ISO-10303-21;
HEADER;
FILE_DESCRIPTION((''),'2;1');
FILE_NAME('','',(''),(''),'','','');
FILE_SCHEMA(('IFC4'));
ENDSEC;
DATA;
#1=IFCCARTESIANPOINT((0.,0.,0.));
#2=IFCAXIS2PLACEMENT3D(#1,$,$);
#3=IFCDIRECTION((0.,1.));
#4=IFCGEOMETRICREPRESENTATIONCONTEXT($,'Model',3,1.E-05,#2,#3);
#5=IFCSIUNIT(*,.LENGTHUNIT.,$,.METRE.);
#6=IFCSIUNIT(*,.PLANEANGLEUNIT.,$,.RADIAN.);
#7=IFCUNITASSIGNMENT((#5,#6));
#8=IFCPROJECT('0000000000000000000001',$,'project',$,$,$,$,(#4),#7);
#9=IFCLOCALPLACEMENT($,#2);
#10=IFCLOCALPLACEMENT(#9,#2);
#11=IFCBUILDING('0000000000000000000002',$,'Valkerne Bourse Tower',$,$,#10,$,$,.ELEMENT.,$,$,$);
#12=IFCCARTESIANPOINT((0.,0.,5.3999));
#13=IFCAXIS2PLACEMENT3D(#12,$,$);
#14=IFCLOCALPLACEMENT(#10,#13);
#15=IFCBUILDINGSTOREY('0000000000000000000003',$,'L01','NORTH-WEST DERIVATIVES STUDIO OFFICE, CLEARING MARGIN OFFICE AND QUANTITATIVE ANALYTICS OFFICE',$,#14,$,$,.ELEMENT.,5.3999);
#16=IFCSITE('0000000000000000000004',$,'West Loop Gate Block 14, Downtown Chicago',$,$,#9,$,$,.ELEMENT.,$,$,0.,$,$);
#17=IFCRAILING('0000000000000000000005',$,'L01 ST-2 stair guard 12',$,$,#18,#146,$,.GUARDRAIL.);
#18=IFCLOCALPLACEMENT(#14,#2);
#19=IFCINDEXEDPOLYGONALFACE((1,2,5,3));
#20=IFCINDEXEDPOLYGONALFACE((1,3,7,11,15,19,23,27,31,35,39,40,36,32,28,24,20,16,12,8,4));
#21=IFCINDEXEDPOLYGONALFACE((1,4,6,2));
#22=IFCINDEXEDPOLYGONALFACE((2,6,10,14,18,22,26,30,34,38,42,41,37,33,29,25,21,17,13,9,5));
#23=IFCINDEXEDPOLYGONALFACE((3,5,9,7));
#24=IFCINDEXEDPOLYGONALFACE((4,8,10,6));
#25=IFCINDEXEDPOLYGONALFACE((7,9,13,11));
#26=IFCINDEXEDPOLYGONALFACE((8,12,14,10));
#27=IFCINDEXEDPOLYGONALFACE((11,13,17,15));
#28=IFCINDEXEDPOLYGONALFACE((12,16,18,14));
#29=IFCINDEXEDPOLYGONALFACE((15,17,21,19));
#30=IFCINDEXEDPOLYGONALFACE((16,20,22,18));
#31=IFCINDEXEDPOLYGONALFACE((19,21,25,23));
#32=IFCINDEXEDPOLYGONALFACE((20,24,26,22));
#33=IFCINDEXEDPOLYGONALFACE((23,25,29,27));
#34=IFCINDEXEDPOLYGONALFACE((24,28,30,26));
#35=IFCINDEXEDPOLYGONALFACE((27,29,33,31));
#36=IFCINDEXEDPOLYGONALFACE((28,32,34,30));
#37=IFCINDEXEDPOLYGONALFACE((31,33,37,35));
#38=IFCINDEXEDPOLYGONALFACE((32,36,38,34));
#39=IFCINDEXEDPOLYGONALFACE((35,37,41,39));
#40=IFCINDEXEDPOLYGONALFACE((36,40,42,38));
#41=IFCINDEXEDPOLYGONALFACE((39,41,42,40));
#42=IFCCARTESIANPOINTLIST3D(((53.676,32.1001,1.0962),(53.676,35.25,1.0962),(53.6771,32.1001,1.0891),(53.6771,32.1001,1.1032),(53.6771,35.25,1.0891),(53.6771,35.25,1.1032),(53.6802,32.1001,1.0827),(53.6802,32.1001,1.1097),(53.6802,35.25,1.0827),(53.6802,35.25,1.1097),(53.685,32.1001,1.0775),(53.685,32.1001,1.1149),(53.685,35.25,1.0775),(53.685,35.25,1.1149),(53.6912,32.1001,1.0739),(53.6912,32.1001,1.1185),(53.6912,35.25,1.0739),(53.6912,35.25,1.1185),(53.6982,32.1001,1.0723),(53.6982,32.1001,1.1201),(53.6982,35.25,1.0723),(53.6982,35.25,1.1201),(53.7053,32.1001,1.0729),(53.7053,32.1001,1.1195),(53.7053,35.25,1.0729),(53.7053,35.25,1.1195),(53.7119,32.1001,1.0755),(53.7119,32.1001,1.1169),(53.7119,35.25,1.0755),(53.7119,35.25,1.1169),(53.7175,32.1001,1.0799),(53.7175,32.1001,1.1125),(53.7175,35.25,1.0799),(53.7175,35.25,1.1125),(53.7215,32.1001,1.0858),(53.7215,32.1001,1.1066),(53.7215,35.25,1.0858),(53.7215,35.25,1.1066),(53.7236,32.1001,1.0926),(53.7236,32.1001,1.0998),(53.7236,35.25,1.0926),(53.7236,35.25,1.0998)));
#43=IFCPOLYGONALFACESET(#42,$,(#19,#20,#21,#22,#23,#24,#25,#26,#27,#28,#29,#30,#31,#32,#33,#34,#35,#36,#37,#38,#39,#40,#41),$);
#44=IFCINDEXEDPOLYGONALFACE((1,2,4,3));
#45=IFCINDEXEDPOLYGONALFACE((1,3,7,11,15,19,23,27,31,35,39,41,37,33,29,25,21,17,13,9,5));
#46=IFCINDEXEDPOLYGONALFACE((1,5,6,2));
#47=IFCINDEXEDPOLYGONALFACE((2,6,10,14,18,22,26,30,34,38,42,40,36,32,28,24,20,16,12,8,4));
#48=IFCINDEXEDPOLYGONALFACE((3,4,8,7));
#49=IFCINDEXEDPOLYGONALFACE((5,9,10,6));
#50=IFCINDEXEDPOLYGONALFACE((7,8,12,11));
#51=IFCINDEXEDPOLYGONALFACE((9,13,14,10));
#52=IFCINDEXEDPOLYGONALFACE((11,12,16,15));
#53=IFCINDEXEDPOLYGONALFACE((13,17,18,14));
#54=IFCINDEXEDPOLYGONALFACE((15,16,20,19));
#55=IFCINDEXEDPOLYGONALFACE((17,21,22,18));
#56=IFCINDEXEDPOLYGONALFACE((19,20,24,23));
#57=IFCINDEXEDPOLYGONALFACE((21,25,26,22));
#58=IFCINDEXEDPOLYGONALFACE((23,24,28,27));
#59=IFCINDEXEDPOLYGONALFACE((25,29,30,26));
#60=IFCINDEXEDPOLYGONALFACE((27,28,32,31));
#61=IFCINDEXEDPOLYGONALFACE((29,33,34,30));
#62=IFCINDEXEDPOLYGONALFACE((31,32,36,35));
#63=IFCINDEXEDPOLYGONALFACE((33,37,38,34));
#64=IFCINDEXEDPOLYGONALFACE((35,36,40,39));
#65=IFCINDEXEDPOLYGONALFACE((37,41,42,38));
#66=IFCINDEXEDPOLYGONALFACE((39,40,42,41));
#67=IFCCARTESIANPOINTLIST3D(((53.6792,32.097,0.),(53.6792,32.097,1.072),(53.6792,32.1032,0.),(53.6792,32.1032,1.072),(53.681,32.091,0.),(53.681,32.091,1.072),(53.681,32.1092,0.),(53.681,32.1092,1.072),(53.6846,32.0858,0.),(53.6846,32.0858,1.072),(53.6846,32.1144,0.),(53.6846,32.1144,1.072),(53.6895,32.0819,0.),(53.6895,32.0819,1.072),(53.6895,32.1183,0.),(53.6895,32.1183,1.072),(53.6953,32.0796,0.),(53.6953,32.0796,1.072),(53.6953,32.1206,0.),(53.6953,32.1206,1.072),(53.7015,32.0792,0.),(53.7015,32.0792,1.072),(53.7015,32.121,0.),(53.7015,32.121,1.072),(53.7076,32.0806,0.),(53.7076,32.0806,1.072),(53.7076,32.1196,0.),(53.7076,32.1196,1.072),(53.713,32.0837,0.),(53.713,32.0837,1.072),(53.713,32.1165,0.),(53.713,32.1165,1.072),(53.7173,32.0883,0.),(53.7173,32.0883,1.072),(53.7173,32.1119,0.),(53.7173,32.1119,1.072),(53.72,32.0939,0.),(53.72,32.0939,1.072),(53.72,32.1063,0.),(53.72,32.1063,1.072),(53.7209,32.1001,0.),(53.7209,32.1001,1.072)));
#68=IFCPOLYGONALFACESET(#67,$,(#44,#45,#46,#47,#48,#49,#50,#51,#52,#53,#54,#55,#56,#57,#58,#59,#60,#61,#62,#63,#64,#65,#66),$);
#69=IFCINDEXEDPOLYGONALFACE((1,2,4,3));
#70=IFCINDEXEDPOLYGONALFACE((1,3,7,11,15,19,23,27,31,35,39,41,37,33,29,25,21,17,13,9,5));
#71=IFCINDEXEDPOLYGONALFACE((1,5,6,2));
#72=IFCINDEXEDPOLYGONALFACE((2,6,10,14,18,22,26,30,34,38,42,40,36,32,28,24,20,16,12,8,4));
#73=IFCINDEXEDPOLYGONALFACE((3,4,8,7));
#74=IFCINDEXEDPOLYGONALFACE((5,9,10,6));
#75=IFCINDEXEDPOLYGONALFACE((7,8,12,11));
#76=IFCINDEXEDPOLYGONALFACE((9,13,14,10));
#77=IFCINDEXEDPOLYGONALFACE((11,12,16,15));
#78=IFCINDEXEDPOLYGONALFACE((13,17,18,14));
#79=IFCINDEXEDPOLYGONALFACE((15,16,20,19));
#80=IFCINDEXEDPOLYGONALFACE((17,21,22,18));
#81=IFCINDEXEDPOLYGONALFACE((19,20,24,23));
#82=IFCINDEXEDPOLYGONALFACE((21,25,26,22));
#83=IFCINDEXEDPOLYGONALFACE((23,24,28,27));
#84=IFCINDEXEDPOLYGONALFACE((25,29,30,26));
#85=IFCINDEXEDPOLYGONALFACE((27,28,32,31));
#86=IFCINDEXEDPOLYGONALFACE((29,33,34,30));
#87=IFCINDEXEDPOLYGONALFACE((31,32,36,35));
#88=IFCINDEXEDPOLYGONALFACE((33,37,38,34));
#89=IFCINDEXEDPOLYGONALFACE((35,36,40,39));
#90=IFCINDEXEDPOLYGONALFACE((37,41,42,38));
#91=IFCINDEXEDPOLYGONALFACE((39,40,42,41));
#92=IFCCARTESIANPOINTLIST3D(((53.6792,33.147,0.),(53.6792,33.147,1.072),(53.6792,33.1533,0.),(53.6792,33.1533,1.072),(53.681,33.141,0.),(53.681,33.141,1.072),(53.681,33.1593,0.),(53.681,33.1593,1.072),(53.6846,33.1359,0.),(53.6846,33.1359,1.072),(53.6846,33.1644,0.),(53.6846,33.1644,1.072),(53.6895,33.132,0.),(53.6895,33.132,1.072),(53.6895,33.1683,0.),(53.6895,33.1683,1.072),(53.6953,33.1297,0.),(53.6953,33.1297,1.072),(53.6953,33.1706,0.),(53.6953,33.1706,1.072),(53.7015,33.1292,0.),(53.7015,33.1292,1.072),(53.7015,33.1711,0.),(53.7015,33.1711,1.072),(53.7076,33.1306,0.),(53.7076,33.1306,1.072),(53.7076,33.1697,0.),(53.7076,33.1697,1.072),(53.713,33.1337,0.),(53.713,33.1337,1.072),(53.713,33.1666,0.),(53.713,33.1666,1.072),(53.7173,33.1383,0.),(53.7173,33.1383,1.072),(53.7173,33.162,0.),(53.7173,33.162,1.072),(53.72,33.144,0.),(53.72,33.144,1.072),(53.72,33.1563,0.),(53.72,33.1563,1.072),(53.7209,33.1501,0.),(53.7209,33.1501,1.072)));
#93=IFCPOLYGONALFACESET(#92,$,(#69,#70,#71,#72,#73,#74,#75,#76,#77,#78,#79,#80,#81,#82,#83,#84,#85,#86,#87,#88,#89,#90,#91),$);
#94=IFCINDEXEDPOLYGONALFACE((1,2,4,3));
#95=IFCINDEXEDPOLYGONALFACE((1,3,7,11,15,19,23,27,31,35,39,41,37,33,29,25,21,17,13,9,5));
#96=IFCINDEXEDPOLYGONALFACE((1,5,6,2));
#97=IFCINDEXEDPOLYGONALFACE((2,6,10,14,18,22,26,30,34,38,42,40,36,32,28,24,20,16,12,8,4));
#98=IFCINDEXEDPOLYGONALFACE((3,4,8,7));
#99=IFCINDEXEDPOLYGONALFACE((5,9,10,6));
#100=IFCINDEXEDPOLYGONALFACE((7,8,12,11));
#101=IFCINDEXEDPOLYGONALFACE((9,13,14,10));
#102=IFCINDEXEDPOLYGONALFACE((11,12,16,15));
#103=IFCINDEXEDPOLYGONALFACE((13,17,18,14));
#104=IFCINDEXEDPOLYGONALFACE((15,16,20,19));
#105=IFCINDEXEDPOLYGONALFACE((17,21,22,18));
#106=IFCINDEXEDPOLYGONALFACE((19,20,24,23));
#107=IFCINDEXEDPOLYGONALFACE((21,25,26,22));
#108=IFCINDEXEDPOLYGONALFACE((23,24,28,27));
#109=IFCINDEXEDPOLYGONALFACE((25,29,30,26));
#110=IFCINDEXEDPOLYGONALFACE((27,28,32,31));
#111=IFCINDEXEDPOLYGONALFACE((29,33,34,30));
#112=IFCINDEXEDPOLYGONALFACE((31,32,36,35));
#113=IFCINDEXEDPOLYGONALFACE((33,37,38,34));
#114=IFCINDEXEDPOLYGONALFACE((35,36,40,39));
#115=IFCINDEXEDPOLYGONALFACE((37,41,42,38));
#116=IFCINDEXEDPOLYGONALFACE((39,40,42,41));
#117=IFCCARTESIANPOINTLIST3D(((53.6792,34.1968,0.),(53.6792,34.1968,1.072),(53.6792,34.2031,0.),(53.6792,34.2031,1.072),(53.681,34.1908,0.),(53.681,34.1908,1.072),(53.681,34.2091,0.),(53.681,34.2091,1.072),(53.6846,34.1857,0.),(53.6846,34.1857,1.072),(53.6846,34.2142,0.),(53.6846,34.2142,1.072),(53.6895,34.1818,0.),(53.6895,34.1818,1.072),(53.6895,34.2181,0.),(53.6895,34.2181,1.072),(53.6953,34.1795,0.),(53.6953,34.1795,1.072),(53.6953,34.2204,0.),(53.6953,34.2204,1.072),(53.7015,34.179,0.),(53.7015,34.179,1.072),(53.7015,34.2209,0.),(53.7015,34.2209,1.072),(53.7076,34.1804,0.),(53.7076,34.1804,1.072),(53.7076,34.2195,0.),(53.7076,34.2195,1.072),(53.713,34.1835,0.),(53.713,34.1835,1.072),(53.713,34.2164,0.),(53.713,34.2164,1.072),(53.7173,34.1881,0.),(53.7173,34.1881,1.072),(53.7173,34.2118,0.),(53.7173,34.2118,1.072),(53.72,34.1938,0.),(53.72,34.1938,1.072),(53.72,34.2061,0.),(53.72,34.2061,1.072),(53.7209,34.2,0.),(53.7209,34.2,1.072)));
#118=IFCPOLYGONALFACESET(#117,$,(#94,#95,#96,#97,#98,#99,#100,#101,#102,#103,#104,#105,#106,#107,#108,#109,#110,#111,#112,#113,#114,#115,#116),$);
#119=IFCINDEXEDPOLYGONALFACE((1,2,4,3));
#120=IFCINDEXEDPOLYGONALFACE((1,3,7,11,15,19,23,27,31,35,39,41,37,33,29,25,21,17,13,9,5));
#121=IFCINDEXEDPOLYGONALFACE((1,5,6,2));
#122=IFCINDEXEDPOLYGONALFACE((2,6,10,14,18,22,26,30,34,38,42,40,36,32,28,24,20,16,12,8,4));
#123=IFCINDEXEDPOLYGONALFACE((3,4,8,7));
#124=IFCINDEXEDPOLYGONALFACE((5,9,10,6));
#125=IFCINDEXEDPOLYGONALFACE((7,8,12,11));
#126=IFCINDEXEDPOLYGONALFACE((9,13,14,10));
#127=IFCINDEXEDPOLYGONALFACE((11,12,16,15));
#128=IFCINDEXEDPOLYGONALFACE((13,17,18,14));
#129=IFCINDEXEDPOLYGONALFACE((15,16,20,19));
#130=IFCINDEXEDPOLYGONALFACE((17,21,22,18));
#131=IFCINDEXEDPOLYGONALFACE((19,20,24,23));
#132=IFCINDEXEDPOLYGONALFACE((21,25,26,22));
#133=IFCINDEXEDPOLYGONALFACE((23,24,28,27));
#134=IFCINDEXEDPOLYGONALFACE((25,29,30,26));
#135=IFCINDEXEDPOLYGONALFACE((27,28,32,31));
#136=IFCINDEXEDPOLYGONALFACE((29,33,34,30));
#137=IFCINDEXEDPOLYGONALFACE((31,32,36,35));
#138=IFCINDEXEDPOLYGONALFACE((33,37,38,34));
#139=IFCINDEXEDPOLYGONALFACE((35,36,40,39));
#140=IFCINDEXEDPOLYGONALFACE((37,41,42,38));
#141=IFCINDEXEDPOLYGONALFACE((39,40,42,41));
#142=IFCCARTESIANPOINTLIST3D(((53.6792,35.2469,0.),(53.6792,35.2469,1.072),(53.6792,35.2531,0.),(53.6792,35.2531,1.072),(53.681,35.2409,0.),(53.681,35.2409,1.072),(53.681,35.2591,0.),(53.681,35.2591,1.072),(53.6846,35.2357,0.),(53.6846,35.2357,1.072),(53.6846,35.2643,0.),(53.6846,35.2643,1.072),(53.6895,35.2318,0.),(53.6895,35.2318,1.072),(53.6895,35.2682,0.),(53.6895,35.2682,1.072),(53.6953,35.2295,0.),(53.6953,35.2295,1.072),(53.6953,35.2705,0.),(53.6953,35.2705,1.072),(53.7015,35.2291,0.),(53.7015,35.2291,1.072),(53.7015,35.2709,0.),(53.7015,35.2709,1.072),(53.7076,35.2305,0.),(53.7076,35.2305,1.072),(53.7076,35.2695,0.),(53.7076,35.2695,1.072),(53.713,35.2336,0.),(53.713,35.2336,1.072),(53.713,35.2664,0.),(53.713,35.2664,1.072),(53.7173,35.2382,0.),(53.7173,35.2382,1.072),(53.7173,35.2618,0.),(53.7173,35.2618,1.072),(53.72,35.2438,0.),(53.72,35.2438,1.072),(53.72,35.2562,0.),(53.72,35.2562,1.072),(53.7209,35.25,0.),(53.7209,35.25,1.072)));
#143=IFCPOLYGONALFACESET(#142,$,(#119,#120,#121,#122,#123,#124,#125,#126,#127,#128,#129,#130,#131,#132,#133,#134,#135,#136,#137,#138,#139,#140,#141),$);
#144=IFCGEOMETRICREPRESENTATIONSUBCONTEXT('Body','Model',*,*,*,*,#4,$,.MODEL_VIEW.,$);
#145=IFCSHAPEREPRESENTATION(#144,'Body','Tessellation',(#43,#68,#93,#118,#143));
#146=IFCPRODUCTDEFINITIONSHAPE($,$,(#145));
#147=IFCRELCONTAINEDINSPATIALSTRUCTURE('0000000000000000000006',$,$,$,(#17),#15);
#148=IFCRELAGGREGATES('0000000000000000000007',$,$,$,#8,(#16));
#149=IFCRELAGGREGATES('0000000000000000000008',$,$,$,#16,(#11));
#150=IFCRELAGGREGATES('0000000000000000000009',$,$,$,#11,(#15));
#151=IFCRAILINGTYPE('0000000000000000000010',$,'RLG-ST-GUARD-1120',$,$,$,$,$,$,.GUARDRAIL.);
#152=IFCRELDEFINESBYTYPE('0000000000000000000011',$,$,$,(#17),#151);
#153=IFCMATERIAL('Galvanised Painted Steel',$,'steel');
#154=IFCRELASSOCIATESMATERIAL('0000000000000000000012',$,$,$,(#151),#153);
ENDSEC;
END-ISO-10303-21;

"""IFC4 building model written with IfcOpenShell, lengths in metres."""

from ifc_helpers import new_model, si_unit, direction, frame, origin, origin_2d, place, context, subcontext, project, spatial, circle, extrude, material, type_object, element, save


model = new_model("IFC4")

# Units and contexts
model_context = context("Model", 3, precision=1e-05, world=origin(), true_north=direction((0.0, 1.0)))
body_context = subcontext(model_context, "Body", "Model", "MODEL_VIEW")
ifc_project = project(units=[si_unit("LENGTHUNIT", "METRE"), si_unit("PLANEANGLEUNIT", "RADIAN")], contexts=[model_context])

# Site, building, storey
site_placement = place(None, origin())
site = spatial("IfcSite", under=ifc_project, at=site_placement, Name="West Loop Gate Block 14, Downtown Chicago", CompositionType="ELEMENT", RefElevation=0.0)
building_placement = place(site_placement, origin())
building = spatial("IfcBuilding", under=site, at=building_placement, Name="Valkerne Bourse Tower", CompositionType="ELEMENT")
storey_placement = place(building_placement, frame((0.0, 0.0, 5.3999)))
storey = spatial("IfcBuildingStorey", under=building, at=storey_placement, Name="L01", Description="NORTH-WEST DERIVATIVES STUDIO OFFICE, CLEARING MARGIN OFFICE AND QUANTITATIVE ANALYTICS OFFICE", CompositionType="ELEMENT", Elevation=5.3999)

# Shared definitions
ifc_material_1 = material(Name="Galvanised Painted Steel", Category="steel")

# Railing
railing_type_1 = type_object("IfcRailingType", Name="RLG-ST-GUARD-1120", PredefinedType="GUARDRAIL", material=ifc_material_1)
railing_1_placement = place(storey_placement, frame((53.7, 32.1001, 0.0)))
element("IfcRailing", 1, at=railing_1_placement, inside=storey, type_object=railing_type_1, Name="L01 ST-2 stair guard 12", PredefinedType="GUARDRAIL", context=body_context, shape_type="SweptSolid", body=[
    extrude(circle(Radius=0.0239, at=origin_2d()), frame((0.0, 0.0, 1.0962), z_axis=(0.0, 1.0, 0.0), x_axis=(-1.0, 0.0, 0.0)), (0.0, 0.0, 1.0), 3.1499),
    extrude(circle(Radius=0.021, at=origin_2d()), origin(), (0.0, 0.0, 1.0), 1.072),
    extrude(circle(Radius=0.021, at=origin_2d()), frame((0.0, 1.05, 0.0)), (0.0, 0.0, 1.0), 1.072),
    extrude(circle(Radius=0.021, at=origin_2d()), frame((0.0, 2.0999, 0.0)), (0.0, 0.0, 1.0), 1.072),
    extrude(circle(Radius=0.021, at=origin_2d()), frame((0.0, 3.1499, 0.0)), (0.0, 0.0, 1.0), 1.072),
])

save(model, "model.ifc")
